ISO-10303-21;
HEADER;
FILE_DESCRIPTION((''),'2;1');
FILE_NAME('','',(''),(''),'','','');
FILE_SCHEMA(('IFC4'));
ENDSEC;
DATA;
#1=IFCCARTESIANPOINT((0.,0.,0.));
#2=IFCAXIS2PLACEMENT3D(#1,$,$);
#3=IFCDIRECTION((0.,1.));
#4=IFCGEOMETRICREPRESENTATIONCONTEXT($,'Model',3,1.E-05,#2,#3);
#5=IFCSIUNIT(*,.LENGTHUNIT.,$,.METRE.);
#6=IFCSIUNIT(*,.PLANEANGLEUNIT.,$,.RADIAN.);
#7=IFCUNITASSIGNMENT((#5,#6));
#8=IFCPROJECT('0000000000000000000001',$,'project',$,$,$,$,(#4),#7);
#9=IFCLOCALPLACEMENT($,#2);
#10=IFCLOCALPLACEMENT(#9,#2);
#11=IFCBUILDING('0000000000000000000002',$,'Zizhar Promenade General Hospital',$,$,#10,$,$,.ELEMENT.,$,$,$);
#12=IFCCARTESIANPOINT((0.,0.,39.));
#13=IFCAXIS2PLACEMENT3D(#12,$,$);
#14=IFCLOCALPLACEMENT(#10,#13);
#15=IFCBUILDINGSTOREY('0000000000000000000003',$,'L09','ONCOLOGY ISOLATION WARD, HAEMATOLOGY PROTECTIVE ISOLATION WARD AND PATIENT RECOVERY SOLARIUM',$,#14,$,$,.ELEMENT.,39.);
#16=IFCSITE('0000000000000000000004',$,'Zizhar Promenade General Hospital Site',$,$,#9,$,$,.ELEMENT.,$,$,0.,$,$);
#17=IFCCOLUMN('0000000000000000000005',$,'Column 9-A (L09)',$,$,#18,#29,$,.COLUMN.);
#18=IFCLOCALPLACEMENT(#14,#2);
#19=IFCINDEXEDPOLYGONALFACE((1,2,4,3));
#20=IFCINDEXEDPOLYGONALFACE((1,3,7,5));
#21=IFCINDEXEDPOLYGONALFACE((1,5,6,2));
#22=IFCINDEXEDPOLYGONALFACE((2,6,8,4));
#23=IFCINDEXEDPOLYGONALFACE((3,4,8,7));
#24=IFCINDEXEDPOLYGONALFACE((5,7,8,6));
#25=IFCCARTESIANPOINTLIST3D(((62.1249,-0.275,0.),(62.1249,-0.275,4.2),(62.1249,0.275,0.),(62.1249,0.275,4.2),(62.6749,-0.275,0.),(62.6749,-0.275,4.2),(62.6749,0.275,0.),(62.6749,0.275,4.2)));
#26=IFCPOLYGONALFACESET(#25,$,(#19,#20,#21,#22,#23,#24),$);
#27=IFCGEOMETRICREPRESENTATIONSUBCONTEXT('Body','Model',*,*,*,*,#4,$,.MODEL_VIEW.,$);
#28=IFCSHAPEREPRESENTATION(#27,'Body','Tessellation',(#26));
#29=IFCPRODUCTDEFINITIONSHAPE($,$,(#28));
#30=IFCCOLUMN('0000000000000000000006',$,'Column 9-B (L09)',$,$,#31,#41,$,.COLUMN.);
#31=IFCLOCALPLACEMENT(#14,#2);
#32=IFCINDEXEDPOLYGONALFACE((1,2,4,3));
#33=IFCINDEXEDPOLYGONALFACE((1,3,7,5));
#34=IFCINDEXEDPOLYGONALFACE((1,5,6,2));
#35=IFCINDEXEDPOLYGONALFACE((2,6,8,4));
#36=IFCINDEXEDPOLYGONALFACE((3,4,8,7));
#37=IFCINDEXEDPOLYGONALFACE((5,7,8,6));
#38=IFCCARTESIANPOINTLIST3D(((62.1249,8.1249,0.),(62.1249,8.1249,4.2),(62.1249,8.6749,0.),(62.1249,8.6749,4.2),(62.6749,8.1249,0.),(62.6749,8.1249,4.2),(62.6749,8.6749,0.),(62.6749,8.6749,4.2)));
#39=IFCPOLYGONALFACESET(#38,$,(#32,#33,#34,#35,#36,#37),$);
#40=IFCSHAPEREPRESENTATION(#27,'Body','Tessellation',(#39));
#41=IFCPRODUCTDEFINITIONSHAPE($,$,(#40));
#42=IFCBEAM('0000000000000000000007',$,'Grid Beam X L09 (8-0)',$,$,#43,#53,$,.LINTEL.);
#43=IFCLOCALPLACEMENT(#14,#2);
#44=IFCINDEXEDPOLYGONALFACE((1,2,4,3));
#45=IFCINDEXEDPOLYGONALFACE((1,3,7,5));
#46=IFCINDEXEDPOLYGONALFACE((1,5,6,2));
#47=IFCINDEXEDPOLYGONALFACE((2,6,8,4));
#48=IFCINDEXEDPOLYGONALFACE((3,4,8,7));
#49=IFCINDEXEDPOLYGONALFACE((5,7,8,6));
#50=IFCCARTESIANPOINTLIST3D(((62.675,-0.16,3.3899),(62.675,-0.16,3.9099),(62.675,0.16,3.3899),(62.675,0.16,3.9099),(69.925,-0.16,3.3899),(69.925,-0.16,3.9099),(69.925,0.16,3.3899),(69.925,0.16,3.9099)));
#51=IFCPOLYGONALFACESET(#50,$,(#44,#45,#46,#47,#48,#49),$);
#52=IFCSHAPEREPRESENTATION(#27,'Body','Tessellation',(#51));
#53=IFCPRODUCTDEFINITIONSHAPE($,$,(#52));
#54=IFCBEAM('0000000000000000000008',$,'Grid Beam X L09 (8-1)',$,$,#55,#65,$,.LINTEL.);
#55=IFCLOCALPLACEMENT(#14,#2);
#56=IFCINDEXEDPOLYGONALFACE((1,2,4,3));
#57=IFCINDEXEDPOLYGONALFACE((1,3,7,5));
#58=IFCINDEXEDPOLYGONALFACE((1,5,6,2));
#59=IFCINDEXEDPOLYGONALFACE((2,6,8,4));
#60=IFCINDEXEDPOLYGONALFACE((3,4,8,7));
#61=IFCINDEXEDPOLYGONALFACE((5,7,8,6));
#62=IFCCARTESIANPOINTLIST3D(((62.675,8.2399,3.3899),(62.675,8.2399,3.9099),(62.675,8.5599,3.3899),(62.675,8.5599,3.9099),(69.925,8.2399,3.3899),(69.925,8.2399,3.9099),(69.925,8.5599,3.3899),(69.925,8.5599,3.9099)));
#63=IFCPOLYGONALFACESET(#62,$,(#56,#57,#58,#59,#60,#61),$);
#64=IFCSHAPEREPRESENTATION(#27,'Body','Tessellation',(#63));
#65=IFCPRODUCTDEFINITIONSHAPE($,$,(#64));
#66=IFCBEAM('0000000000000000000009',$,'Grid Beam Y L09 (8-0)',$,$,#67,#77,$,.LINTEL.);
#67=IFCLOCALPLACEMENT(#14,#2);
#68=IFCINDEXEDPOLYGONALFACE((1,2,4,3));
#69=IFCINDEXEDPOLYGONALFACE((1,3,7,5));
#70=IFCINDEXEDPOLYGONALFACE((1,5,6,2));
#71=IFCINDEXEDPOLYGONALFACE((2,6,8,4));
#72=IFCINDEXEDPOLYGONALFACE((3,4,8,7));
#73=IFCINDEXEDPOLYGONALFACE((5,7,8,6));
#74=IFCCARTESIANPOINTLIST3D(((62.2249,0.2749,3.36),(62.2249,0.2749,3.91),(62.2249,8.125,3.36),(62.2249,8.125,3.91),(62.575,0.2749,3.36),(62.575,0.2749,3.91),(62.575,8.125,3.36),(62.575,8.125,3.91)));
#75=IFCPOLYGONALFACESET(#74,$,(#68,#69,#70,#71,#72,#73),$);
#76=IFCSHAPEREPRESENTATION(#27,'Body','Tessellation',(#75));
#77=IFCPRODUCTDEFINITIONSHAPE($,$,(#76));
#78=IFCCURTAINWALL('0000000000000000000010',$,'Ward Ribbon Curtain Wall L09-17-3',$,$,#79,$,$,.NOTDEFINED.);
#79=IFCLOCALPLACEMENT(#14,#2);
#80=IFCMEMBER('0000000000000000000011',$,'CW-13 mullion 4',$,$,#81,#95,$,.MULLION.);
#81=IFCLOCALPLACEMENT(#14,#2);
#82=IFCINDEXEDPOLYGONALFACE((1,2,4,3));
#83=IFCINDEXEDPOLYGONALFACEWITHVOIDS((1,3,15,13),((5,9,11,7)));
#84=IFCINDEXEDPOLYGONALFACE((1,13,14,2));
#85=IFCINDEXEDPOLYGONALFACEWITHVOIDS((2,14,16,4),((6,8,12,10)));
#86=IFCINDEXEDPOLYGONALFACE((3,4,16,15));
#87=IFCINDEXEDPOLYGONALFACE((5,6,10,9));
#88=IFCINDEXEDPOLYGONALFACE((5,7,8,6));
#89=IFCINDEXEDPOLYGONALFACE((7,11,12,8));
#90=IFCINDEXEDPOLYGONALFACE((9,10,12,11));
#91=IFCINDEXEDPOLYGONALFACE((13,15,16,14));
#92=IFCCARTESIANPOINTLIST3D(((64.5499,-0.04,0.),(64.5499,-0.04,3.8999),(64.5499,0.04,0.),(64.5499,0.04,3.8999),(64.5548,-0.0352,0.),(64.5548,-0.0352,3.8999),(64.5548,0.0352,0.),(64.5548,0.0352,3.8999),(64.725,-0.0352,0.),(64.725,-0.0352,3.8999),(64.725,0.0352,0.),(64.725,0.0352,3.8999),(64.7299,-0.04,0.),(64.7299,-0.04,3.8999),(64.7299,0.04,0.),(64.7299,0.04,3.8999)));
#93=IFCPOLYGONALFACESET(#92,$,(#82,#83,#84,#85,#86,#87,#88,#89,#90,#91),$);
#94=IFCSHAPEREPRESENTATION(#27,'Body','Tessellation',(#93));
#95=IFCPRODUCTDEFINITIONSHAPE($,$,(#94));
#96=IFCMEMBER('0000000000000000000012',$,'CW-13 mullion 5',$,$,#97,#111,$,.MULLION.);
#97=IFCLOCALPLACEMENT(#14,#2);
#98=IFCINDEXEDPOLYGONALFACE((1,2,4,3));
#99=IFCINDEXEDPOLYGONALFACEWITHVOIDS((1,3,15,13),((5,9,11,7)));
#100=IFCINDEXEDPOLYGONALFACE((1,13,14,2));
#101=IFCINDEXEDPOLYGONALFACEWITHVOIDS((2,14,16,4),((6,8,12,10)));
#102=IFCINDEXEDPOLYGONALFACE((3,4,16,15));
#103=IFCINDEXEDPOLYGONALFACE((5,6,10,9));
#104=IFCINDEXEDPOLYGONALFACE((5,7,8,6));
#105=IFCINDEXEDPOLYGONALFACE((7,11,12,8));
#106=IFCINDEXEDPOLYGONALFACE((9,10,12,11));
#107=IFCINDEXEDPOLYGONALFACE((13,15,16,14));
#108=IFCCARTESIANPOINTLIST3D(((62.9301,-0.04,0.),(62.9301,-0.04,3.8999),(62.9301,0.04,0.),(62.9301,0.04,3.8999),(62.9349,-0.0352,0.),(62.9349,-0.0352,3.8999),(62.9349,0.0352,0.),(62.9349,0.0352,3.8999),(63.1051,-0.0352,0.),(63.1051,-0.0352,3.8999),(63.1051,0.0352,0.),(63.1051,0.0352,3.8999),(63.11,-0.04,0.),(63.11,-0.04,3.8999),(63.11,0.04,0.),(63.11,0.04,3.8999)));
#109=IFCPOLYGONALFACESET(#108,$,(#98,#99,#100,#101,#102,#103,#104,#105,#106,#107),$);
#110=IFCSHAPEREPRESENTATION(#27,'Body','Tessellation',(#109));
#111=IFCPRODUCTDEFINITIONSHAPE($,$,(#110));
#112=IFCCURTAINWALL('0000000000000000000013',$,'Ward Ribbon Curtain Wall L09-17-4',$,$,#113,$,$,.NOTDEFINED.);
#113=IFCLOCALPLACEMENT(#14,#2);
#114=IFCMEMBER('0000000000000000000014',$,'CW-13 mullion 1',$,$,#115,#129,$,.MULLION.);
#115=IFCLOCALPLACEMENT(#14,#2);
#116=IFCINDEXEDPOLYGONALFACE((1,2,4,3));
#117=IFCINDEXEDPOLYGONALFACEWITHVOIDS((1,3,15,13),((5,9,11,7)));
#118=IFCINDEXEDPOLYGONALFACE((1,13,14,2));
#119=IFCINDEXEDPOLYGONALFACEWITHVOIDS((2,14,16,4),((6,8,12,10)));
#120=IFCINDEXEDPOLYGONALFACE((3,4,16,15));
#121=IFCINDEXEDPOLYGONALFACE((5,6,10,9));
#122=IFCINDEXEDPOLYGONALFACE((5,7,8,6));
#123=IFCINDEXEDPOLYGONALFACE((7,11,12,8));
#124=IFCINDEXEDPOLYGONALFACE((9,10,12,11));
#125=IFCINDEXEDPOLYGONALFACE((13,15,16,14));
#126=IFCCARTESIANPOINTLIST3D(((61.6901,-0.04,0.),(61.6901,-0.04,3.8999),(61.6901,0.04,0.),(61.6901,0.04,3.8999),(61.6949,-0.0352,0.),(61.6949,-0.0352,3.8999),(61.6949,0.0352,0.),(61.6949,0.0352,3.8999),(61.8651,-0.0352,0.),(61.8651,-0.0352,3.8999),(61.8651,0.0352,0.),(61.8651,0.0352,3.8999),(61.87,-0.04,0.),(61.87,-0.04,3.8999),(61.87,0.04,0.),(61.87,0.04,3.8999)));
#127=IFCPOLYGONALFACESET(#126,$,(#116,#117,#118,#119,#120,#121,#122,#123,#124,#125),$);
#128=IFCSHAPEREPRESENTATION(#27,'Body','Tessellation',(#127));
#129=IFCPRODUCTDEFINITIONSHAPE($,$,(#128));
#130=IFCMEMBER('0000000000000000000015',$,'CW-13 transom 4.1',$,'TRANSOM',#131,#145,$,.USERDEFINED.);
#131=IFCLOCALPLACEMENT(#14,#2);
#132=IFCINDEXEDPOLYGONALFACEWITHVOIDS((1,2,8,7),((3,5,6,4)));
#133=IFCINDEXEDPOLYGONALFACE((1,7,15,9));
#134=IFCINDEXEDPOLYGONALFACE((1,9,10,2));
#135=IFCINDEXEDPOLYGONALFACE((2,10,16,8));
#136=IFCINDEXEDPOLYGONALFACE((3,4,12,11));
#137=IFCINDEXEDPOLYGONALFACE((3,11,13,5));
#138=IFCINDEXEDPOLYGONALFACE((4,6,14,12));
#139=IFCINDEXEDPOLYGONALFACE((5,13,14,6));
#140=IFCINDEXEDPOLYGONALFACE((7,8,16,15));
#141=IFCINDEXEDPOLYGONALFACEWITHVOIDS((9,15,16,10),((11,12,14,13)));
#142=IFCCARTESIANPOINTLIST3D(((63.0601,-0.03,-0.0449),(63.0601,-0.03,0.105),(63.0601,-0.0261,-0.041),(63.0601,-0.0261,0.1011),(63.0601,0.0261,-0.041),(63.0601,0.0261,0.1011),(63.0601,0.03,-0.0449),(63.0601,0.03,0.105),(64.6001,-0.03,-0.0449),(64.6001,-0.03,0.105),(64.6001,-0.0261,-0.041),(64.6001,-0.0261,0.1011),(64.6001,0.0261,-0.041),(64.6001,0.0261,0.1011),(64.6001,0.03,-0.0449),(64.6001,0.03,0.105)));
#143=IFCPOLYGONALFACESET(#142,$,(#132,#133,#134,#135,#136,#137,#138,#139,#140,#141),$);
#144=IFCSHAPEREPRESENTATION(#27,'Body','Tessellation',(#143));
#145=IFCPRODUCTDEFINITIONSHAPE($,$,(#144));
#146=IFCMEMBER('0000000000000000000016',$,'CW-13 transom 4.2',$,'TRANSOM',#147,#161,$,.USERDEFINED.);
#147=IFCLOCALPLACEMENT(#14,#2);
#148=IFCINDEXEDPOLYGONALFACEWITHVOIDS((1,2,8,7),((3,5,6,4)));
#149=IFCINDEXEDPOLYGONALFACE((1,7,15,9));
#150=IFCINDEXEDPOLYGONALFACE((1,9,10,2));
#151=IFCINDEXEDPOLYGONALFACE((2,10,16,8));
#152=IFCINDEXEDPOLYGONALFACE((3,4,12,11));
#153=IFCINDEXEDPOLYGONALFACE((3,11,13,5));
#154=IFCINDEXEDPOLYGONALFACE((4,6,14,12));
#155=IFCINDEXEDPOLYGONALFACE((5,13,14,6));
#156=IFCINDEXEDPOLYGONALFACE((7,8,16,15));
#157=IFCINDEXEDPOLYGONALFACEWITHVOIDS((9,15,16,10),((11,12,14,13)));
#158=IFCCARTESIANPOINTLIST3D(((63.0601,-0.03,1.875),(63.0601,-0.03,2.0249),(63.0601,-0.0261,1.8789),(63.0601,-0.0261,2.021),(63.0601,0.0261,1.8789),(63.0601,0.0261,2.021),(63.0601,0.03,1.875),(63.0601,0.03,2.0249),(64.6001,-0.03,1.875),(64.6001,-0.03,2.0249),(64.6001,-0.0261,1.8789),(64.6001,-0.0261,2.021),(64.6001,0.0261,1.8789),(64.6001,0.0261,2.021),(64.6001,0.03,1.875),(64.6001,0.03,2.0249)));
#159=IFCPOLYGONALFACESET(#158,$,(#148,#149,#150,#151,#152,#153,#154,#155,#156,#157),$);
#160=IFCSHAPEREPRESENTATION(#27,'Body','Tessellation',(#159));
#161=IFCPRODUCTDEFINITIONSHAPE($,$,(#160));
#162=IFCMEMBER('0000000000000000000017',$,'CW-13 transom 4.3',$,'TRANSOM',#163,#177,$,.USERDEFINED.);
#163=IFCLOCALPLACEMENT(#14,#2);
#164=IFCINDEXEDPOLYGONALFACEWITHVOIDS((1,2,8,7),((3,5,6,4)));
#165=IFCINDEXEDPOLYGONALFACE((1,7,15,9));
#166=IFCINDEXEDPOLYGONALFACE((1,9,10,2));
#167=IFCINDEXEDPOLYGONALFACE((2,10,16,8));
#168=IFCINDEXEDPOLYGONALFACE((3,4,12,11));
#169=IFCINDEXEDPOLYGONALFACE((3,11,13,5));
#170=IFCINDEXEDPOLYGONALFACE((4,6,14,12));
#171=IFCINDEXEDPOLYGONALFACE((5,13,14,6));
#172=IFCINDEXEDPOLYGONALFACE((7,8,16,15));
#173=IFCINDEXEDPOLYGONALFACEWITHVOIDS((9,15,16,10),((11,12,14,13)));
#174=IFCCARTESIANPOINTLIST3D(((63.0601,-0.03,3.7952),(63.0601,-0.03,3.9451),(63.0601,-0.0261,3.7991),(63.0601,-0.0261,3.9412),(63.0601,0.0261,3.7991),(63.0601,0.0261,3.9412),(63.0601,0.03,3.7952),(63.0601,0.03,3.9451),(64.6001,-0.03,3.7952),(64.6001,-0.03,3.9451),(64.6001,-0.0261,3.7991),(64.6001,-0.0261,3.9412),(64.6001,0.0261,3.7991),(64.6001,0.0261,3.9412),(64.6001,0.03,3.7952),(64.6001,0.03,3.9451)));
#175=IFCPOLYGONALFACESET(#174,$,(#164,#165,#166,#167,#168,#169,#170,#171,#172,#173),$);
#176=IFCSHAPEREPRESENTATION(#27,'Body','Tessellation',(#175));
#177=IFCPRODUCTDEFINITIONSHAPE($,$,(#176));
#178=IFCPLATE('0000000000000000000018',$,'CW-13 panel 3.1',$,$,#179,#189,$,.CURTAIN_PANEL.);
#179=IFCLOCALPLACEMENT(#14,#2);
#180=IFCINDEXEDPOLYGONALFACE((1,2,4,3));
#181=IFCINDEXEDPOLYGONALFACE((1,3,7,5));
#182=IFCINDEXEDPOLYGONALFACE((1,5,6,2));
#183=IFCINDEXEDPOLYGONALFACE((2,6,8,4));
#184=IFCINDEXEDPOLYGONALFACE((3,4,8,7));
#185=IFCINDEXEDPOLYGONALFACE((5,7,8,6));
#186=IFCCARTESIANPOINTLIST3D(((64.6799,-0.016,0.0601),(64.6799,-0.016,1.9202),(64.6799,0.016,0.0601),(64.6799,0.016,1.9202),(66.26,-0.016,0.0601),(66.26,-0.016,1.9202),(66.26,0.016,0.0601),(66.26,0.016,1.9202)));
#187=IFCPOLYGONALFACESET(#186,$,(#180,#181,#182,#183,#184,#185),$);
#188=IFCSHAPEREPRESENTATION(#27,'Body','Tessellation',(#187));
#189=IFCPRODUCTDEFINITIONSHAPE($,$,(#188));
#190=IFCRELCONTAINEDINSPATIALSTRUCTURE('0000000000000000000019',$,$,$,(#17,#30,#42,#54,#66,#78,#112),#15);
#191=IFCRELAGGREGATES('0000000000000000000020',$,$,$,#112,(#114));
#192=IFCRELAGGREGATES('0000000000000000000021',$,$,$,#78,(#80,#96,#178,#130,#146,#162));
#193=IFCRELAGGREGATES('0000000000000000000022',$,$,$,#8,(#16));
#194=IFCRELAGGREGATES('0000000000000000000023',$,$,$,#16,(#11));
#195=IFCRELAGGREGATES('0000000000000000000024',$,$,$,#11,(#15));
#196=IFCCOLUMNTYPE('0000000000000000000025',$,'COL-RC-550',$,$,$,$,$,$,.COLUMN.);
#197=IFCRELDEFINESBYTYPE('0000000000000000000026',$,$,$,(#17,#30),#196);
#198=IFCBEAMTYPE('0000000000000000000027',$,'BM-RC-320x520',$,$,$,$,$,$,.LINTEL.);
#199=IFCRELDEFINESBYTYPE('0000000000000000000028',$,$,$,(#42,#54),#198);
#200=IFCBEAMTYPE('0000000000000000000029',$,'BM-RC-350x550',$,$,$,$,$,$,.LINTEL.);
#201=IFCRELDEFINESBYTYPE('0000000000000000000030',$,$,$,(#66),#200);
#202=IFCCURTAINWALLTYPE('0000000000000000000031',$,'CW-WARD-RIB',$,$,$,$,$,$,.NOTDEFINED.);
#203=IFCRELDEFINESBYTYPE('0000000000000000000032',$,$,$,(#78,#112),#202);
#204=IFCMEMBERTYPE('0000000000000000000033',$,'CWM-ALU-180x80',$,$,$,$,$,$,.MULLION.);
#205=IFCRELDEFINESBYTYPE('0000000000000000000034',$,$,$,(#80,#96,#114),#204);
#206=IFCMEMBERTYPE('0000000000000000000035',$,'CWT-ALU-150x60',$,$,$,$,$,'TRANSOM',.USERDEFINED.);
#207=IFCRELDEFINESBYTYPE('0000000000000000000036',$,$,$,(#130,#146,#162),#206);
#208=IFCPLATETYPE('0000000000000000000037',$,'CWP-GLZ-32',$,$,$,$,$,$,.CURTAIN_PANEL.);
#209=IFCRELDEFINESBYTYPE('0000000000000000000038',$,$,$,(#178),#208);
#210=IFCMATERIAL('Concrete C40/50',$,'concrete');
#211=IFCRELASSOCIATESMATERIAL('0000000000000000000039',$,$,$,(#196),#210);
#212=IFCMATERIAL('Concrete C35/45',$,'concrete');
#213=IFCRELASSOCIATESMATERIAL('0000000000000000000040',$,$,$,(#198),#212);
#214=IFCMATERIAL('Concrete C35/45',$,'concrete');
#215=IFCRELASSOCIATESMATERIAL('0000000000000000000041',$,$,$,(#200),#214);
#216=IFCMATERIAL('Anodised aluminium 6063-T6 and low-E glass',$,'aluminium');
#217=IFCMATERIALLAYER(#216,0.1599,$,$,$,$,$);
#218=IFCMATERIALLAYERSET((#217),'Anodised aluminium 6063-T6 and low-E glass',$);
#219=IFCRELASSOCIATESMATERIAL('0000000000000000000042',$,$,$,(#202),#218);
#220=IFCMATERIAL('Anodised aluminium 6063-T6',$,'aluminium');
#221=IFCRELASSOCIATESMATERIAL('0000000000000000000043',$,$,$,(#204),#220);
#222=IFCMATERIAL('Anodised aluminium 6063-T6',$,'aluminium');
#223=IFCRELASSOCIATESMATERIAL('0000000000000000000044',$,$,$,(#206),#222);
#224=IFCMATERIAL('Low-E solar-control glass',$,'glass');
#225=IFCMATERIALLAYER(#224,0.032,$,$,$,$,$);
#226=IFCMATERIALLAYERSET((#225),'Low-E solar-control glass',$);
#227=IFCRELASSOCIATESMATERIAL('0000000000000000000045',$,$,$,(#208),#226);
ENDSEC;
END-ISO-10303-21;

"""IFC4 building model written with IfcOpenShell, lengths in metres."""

from ifc_helpers import new_model, si_unit, direction, frame, origin, origin_2d, place, context, subcontext, project, spatial, rectangle, hollow_rectangle, extrude, material, layer, layer_set, material_profile, profile_set, type_object, element, aggregate, save


model = new_model("IFC4")

# Units and contexts
model_context = context("Model", 3, precision=1e-05, world=origin(), true_north=direction((0.0, 1.0)))
body_context = subcontext(model_context, "Body", "Model", "MODEL_VIEW")
ifc_project = project(units=[si_unit("LENGTHUNIT", "METRE"), si_unit("PLANEANGLEUNIT", "RADIAN")], contexts=[model_context])

# Site, building, storey
site_placement = place(None, origin())
site = spatial("IfcSite", under=ifc_project, at=site_placement, Name="Zizhar Promenade General Hospital Site", CompositionType="ELEMENT", RefElevation=0.0)
building_placement = place(site_placement, origin())
building = spatial("IfcBuilding", under=site, at=building_placement, Name="Zizhar Promenade General Hospital", CompositionType="ELEMENT")
storey_placement = place(building_placement, frame((0.0, 0.0, 39.0)))
storey = spatial("IfcBuildingStorey", under=building, at=storey_placement, Name="L09", Description="ONCOLOGY ISOLATION WARD, HAEMATOLOGY PROTECTIVE ISOLATION WARD AND PATIENT RECOVERY SOLARIUM", CompositionType="ELEMENT", Elevation=39.0)

# Columns
ifc_material_1 = material(Name="Concrete C40/50", Category="concrete")
ifc_material_profile_1 = material_profile(ifc_material_1, rectangle(XDim=0.55, YDim=0.55, at=origin_2d()))
ifc_profile_set_1 = profile_set([ifc_material_profile_1], Name="Concrete C40/50")
column_type = type_object("IfcColumnType", Name="COL-RC-550", PredefinedType="COLUMN", material=ifc_profile_set_1)
for number, where, z_axis, x_axis, name in (
    (1, (62.3999, 0.0, 0.0), (0.0, 0.0, 1.0), (1.0, 0.0, 0.0), "Column 9-A (L09)"),
    (2, (62.3999, 8.3999, 0.0), (0.0, 0.0, 1.0), (1.0, 0.0, 0.0), "Column 9-B (L09)"),
):
    element("IfcColumn", number, at=place(storey_placement, frame(where, z_axis=z_axis, x_axis=x_axis)), inside=storey, type_object=column_type, Name=name, PredefinedType="COLUMN", context=body_context, shape_type="SweptSolid", body=[
        extrude(rectangle(XDim=0.55, YDim=0.55, at=origin_2d()), origin(), (0.0, 0.0, 1.0), 4.2),
    ])

# Beams
ifc_material_2 = material(Name="Concrete C35/45", Category="concrete")
ifc_material_profile_2 = material_profile(ifc_material_2, rectangle(XDim=0.3201, YDim=0.52, at=origin_2d()))
ifc_profile_set_2 = profile_set([ifc_material_profile_2], Name="Concrete C35/45")
beam_type_1 = type_object("IfcBeamType", Name="BM-RC-320x520", PredefinedType="LINTEL", material=ifc_profile_set_2)
for number, where, z_axis, x_axis, name in (
    (3, (62.675, 0.0, 3.6499), (1.0, 0.0, 0.0), (0.0, 1.0, 0.0), "Grid Beam X L09 (8-0)"),
    (4, (62.675, 8.3999, 3.6499), (1.0, 0.0, 0.0), (0.0, 1.0, 0.0), "Grid Beam X L09 (8-1)"),
):
    element("IfcBeam", number, at=place(storey_placement, frame(where, z_axis=z_axis, x_axis=x_axis)), inside=storey, type_object=beam_type_1, Name=name, PredefinedType="LINTEL", context=body_context, shape_type="SweptSolid", body=[
        extrude(rectangle(XDim=0.3201, YDim=0.52, at=origin_2d()), origin(), (0.0, 0.0, 1.0), 7.25),
    ])
ifc_material_3 = material(Name="Concrete C35/45", Category="concrete")
ifc_material_profile_3 = material_profile(ifc_material_3, rectangle(XDim=0.3501, YDim=0.55, at=origin_2d()))
ifc_profile_set_3 = profile_set([ifc_material_profile_3], Name="Concrete C35/45")
beam_type_2 = type_object("IfcBeamType", Name="BM-RC-350x550", PredefinedType="LINTEL", material=ifc_profile_set_3)
beam_placement = place(storey_placement, frame((62.3999, 0.2749, 3.635), z_axis=(0.0, 1.0, 0.0), x_axis=(-1.0, 0.0, 0.0)))
element("IfcBeam", 5, at=beam_placement, inside=storey, type_object=beam_type_2, Name="Grid Beam Y L09 (8-0)", PredefinedType="LINTEL", context=body_context, shape_type="SweptSolid", body=[
    extrude(rectangle(XDim=0.3501, YDim=0.55, at=origin_2d()), origin(), (0.0, 0.0, 1.0), 7.8501),
])

# Curtain wall, members
ifc_material_4 = material(Name="Anodised aluminium 6063-T6 and low-E glass", Category="aluminium")
ifc_layer_1 = layer(ifc_material_4, 0.1599)
ifc_layer_set_1 = layer_set([ifc_layer_1], Name="Anodised aluminium 6063-T6 and low-E glass")
curtain_wall_type = type_object("IfcCurtainWallType", Name="CW-WARD-RIB", PredefinedType="NOTDEFINED", material=ifc_layer_set_1)
curtain_wall_1_placement = place(storey_placement, origin())
curtain_wall_1 = element("IfcCurtainWall", 6, at=curtain_wall_1_placement, inside=storey, type_object=curtain_wall_type, Name="Ward Ribbon Curtain Wall L09-17-3", PredefinedType="NOTDEFINED")
ifc_material_5 = material(Name="Anodised aluminium 6063-T6", Category="aluminium")
ifc_material_profile_4 = material_profile(ifc_material_5, hollow_rectangle(XDim=0.0801, YDim=0.1799, WallThickness=0.0049, at=origin_2d()))
ifc_profile_set_4 = profile_set([ifc_material_profile_4], Name="Anodised aluminium 6063-T6")
member_type_1 = type_object("IfcMemberType", Name="CWM-ALU-180x80", PredefinedType="MULLION", material=ifc_profile_set_4)
member_1_placement = place(storey_placement, frame((64.6399, 0.0, 0.0), z_axis=(0.0, 0.0, 1.0), x_axis=(0.0, -1.0, 0.0)))
member_1 = element("IfcMember", 7, at=member_1_placement, type_object=member_type_1, Name="CW-13 mullion 4", PredefinedType="MULLION", context=body_context, shape_type="SweptSolid", body=[
    extrude(hollow_rectangle(XDim=0.0801, YDim=0.1799, WallThickness=0.0049, at=origin_2d()), origin(), (0.0, 0.0, 1.0), 3.8999),
])
member_2_placement = place(storey_placement, frame((63.02, 0.0, 0.0), z_axis=(0.0, 0.0, 1.0), x_axis=(0.0, -1.0, 0.0)))
member_2 = element("IfcMember", 8, at=member_2_placement, type_object=member_type_1, Name="CW-13 mullion 5", PredefinedType="MULLION", context=body_context, shape_type="SweptSolid", body=[
    extrude(hollow_rectangle(XDim=0.0801, YDim=0.1799, WallThickness=0.0049, at=origin_2d()), origin(), (0.0, 0.0, 1.0), 3.8999),
])

# Curtain wall, member
curtain_wall_2_placement = place(storey_placement, origin())
curtain_wall_2 = element("IfcCurtainWall", 9, at=curtain_wall_2_placement, inside=storey, type_object=curtain_wall_type, Name="Ward Ribbon Curtain Wall L09-17-4", PredefinedType="NOTDEFINED")
member_3_placement = place(storey_placement, frame((61.78, 0.0, 0.0), z_axis=(0.0, 0.0, 1.0), x_axis=(0.0, -1.0, 0.0)))
member_3 = element("IfcMember", 10, at=member_3_placement, type_object=member_type_1, Name="CW-13 mullion 1", PredefinedType="MULLION", context=body_context, shape_type="SweptSolid", body=[
    extrude(hollow_rectangle(XDim=0.0801, YDim=0.1799, WallThickness=0.0049, at=origin_2d()), origin(), (0.0, 0.0, 1.0), 3.8999),
])
aggregate(curtain_wall_2, [member_3])

# Members
ifc_material_6 = material(Name="Anodised aluminium 6063-T6", Category="aluminium")
ifc_material_profile_5 = material_profile(ifc_material_6, hollow_rectangle(XDim=0.0601, YDim=0.1499, WallThickness=0.0039, at=origin_2d()))
ifc_profile_set_5 = profile_set([ifc_material_profile_5], Name="Anodised aluminium 6063-T6")
member_type_2 = type_object("IfcMemberType", Name="CWT-ALU-150x60", ElementType="TRANSOM", PredefinedType="USERDEFINED", material=ifc_profile_set_5)
member_4_placement = place(storey_placement, frame((64.6001, 0.0, 0.03), z_axis=(-1.0, 0.0, 0.0), x_axis=(0.0, -1.0, 0.0)))
member_4 = element("IfcMember", 11, at=member_4_placement, type_object=member_type_2, Name="CW-13 transom 4.1", ObjectType="TRANSOM", PredefinedType="USERDEFINED", context=body_context, shape_type="SweptSolid", body=[
    extrude(hollow_rectangle(XDim=0.0601, YDim=0.1499, WallThickness=0.0039, at=origin_2d()), origin(), (0.0, 0.0, 1.0), 1.54),
])
member_5_placement = place(storey_placement, frame((64.6001, 0.0, 1.95), z_axis=(-1.0, 0.0, 0.0), x_axis=(0.0, -1.0, 0.0)))
member_5 = element("IfcMember", 12, at=member_5_placement, type_object=member_type_2, Name="CW-13 transom 4.2", ObjectType="TRANSOM", PredefinedType="USERDEFINED", context=body_context, shape_type="SweptSolid", body=[
    extrude(hollow_rectangle(XDim=0.0601, YDim=0.1499, WallThickness=0.0039, at=origin_2d()), origin(), (0.0, 0.0, 1.0), 1.54),
])
member_6_placement = place(storey_placement, frame((64.6001, 0.0, 3.8701), z_axis=(-1.0, 0.0, 0.0), x_axis=(0.0, -1.0, 0.0)))
member_6 = element("IfcMember", 13, at=member_6_placement, type_object=member_type_2, Name="CW-13 transom 4.3", ObjectType="TRANSOM", PredefinedType="USERDEFINED", context=body_context, shape_type="SweptSolid", body=[
    extrude(hollow_rectangle(XDim=0.0601, YDim=0.1499, WallThickness=0.0039, at=origin_2d()), origin(), (0.0, 0.0, 1.0), 1.54),
])

# Plate
ifc_material_7 = material(Name="Low-E solar-control glass", Category="glass")
ifc_layer_2 = layer(ifc_material_7, 0.032)
ifc_layer_set_2 = layer_set([ifc_layer_2], Name="Low-E solar-control glass")
plate_type = type_object("IfcPlateType", Name="CWP-GLZ-32", PredefinedType="CURTAIN_PANEL", material=ifc_layer_set_2)
plate_1_placement = place(storey_placement, frame((65.47, 0.0, 0.0601), z_axis=(0.0, 0.0, 1.0), x_axis=(-1.0, 0.0, 0.0)))
plate_1 = element("IfcPlate", 14, at=plate_1_placement, type_object=plate_type, Name="CW-13 panel 3.1", PredefinedType="CURTAIN_PANEL", context=body_context, shape_type="SweptSolid", body=[
    extrude(rectangle(XDim=1.5801, YDim=0.032, at=origin_2d()), origin(), (0.0, 0.0, 1.0), 1.8601),
])
aggregate(curtain_wall_1, [member_1, member_2, plate_1, member_4, member_5, member_6])

save(model, "model.ifc")
